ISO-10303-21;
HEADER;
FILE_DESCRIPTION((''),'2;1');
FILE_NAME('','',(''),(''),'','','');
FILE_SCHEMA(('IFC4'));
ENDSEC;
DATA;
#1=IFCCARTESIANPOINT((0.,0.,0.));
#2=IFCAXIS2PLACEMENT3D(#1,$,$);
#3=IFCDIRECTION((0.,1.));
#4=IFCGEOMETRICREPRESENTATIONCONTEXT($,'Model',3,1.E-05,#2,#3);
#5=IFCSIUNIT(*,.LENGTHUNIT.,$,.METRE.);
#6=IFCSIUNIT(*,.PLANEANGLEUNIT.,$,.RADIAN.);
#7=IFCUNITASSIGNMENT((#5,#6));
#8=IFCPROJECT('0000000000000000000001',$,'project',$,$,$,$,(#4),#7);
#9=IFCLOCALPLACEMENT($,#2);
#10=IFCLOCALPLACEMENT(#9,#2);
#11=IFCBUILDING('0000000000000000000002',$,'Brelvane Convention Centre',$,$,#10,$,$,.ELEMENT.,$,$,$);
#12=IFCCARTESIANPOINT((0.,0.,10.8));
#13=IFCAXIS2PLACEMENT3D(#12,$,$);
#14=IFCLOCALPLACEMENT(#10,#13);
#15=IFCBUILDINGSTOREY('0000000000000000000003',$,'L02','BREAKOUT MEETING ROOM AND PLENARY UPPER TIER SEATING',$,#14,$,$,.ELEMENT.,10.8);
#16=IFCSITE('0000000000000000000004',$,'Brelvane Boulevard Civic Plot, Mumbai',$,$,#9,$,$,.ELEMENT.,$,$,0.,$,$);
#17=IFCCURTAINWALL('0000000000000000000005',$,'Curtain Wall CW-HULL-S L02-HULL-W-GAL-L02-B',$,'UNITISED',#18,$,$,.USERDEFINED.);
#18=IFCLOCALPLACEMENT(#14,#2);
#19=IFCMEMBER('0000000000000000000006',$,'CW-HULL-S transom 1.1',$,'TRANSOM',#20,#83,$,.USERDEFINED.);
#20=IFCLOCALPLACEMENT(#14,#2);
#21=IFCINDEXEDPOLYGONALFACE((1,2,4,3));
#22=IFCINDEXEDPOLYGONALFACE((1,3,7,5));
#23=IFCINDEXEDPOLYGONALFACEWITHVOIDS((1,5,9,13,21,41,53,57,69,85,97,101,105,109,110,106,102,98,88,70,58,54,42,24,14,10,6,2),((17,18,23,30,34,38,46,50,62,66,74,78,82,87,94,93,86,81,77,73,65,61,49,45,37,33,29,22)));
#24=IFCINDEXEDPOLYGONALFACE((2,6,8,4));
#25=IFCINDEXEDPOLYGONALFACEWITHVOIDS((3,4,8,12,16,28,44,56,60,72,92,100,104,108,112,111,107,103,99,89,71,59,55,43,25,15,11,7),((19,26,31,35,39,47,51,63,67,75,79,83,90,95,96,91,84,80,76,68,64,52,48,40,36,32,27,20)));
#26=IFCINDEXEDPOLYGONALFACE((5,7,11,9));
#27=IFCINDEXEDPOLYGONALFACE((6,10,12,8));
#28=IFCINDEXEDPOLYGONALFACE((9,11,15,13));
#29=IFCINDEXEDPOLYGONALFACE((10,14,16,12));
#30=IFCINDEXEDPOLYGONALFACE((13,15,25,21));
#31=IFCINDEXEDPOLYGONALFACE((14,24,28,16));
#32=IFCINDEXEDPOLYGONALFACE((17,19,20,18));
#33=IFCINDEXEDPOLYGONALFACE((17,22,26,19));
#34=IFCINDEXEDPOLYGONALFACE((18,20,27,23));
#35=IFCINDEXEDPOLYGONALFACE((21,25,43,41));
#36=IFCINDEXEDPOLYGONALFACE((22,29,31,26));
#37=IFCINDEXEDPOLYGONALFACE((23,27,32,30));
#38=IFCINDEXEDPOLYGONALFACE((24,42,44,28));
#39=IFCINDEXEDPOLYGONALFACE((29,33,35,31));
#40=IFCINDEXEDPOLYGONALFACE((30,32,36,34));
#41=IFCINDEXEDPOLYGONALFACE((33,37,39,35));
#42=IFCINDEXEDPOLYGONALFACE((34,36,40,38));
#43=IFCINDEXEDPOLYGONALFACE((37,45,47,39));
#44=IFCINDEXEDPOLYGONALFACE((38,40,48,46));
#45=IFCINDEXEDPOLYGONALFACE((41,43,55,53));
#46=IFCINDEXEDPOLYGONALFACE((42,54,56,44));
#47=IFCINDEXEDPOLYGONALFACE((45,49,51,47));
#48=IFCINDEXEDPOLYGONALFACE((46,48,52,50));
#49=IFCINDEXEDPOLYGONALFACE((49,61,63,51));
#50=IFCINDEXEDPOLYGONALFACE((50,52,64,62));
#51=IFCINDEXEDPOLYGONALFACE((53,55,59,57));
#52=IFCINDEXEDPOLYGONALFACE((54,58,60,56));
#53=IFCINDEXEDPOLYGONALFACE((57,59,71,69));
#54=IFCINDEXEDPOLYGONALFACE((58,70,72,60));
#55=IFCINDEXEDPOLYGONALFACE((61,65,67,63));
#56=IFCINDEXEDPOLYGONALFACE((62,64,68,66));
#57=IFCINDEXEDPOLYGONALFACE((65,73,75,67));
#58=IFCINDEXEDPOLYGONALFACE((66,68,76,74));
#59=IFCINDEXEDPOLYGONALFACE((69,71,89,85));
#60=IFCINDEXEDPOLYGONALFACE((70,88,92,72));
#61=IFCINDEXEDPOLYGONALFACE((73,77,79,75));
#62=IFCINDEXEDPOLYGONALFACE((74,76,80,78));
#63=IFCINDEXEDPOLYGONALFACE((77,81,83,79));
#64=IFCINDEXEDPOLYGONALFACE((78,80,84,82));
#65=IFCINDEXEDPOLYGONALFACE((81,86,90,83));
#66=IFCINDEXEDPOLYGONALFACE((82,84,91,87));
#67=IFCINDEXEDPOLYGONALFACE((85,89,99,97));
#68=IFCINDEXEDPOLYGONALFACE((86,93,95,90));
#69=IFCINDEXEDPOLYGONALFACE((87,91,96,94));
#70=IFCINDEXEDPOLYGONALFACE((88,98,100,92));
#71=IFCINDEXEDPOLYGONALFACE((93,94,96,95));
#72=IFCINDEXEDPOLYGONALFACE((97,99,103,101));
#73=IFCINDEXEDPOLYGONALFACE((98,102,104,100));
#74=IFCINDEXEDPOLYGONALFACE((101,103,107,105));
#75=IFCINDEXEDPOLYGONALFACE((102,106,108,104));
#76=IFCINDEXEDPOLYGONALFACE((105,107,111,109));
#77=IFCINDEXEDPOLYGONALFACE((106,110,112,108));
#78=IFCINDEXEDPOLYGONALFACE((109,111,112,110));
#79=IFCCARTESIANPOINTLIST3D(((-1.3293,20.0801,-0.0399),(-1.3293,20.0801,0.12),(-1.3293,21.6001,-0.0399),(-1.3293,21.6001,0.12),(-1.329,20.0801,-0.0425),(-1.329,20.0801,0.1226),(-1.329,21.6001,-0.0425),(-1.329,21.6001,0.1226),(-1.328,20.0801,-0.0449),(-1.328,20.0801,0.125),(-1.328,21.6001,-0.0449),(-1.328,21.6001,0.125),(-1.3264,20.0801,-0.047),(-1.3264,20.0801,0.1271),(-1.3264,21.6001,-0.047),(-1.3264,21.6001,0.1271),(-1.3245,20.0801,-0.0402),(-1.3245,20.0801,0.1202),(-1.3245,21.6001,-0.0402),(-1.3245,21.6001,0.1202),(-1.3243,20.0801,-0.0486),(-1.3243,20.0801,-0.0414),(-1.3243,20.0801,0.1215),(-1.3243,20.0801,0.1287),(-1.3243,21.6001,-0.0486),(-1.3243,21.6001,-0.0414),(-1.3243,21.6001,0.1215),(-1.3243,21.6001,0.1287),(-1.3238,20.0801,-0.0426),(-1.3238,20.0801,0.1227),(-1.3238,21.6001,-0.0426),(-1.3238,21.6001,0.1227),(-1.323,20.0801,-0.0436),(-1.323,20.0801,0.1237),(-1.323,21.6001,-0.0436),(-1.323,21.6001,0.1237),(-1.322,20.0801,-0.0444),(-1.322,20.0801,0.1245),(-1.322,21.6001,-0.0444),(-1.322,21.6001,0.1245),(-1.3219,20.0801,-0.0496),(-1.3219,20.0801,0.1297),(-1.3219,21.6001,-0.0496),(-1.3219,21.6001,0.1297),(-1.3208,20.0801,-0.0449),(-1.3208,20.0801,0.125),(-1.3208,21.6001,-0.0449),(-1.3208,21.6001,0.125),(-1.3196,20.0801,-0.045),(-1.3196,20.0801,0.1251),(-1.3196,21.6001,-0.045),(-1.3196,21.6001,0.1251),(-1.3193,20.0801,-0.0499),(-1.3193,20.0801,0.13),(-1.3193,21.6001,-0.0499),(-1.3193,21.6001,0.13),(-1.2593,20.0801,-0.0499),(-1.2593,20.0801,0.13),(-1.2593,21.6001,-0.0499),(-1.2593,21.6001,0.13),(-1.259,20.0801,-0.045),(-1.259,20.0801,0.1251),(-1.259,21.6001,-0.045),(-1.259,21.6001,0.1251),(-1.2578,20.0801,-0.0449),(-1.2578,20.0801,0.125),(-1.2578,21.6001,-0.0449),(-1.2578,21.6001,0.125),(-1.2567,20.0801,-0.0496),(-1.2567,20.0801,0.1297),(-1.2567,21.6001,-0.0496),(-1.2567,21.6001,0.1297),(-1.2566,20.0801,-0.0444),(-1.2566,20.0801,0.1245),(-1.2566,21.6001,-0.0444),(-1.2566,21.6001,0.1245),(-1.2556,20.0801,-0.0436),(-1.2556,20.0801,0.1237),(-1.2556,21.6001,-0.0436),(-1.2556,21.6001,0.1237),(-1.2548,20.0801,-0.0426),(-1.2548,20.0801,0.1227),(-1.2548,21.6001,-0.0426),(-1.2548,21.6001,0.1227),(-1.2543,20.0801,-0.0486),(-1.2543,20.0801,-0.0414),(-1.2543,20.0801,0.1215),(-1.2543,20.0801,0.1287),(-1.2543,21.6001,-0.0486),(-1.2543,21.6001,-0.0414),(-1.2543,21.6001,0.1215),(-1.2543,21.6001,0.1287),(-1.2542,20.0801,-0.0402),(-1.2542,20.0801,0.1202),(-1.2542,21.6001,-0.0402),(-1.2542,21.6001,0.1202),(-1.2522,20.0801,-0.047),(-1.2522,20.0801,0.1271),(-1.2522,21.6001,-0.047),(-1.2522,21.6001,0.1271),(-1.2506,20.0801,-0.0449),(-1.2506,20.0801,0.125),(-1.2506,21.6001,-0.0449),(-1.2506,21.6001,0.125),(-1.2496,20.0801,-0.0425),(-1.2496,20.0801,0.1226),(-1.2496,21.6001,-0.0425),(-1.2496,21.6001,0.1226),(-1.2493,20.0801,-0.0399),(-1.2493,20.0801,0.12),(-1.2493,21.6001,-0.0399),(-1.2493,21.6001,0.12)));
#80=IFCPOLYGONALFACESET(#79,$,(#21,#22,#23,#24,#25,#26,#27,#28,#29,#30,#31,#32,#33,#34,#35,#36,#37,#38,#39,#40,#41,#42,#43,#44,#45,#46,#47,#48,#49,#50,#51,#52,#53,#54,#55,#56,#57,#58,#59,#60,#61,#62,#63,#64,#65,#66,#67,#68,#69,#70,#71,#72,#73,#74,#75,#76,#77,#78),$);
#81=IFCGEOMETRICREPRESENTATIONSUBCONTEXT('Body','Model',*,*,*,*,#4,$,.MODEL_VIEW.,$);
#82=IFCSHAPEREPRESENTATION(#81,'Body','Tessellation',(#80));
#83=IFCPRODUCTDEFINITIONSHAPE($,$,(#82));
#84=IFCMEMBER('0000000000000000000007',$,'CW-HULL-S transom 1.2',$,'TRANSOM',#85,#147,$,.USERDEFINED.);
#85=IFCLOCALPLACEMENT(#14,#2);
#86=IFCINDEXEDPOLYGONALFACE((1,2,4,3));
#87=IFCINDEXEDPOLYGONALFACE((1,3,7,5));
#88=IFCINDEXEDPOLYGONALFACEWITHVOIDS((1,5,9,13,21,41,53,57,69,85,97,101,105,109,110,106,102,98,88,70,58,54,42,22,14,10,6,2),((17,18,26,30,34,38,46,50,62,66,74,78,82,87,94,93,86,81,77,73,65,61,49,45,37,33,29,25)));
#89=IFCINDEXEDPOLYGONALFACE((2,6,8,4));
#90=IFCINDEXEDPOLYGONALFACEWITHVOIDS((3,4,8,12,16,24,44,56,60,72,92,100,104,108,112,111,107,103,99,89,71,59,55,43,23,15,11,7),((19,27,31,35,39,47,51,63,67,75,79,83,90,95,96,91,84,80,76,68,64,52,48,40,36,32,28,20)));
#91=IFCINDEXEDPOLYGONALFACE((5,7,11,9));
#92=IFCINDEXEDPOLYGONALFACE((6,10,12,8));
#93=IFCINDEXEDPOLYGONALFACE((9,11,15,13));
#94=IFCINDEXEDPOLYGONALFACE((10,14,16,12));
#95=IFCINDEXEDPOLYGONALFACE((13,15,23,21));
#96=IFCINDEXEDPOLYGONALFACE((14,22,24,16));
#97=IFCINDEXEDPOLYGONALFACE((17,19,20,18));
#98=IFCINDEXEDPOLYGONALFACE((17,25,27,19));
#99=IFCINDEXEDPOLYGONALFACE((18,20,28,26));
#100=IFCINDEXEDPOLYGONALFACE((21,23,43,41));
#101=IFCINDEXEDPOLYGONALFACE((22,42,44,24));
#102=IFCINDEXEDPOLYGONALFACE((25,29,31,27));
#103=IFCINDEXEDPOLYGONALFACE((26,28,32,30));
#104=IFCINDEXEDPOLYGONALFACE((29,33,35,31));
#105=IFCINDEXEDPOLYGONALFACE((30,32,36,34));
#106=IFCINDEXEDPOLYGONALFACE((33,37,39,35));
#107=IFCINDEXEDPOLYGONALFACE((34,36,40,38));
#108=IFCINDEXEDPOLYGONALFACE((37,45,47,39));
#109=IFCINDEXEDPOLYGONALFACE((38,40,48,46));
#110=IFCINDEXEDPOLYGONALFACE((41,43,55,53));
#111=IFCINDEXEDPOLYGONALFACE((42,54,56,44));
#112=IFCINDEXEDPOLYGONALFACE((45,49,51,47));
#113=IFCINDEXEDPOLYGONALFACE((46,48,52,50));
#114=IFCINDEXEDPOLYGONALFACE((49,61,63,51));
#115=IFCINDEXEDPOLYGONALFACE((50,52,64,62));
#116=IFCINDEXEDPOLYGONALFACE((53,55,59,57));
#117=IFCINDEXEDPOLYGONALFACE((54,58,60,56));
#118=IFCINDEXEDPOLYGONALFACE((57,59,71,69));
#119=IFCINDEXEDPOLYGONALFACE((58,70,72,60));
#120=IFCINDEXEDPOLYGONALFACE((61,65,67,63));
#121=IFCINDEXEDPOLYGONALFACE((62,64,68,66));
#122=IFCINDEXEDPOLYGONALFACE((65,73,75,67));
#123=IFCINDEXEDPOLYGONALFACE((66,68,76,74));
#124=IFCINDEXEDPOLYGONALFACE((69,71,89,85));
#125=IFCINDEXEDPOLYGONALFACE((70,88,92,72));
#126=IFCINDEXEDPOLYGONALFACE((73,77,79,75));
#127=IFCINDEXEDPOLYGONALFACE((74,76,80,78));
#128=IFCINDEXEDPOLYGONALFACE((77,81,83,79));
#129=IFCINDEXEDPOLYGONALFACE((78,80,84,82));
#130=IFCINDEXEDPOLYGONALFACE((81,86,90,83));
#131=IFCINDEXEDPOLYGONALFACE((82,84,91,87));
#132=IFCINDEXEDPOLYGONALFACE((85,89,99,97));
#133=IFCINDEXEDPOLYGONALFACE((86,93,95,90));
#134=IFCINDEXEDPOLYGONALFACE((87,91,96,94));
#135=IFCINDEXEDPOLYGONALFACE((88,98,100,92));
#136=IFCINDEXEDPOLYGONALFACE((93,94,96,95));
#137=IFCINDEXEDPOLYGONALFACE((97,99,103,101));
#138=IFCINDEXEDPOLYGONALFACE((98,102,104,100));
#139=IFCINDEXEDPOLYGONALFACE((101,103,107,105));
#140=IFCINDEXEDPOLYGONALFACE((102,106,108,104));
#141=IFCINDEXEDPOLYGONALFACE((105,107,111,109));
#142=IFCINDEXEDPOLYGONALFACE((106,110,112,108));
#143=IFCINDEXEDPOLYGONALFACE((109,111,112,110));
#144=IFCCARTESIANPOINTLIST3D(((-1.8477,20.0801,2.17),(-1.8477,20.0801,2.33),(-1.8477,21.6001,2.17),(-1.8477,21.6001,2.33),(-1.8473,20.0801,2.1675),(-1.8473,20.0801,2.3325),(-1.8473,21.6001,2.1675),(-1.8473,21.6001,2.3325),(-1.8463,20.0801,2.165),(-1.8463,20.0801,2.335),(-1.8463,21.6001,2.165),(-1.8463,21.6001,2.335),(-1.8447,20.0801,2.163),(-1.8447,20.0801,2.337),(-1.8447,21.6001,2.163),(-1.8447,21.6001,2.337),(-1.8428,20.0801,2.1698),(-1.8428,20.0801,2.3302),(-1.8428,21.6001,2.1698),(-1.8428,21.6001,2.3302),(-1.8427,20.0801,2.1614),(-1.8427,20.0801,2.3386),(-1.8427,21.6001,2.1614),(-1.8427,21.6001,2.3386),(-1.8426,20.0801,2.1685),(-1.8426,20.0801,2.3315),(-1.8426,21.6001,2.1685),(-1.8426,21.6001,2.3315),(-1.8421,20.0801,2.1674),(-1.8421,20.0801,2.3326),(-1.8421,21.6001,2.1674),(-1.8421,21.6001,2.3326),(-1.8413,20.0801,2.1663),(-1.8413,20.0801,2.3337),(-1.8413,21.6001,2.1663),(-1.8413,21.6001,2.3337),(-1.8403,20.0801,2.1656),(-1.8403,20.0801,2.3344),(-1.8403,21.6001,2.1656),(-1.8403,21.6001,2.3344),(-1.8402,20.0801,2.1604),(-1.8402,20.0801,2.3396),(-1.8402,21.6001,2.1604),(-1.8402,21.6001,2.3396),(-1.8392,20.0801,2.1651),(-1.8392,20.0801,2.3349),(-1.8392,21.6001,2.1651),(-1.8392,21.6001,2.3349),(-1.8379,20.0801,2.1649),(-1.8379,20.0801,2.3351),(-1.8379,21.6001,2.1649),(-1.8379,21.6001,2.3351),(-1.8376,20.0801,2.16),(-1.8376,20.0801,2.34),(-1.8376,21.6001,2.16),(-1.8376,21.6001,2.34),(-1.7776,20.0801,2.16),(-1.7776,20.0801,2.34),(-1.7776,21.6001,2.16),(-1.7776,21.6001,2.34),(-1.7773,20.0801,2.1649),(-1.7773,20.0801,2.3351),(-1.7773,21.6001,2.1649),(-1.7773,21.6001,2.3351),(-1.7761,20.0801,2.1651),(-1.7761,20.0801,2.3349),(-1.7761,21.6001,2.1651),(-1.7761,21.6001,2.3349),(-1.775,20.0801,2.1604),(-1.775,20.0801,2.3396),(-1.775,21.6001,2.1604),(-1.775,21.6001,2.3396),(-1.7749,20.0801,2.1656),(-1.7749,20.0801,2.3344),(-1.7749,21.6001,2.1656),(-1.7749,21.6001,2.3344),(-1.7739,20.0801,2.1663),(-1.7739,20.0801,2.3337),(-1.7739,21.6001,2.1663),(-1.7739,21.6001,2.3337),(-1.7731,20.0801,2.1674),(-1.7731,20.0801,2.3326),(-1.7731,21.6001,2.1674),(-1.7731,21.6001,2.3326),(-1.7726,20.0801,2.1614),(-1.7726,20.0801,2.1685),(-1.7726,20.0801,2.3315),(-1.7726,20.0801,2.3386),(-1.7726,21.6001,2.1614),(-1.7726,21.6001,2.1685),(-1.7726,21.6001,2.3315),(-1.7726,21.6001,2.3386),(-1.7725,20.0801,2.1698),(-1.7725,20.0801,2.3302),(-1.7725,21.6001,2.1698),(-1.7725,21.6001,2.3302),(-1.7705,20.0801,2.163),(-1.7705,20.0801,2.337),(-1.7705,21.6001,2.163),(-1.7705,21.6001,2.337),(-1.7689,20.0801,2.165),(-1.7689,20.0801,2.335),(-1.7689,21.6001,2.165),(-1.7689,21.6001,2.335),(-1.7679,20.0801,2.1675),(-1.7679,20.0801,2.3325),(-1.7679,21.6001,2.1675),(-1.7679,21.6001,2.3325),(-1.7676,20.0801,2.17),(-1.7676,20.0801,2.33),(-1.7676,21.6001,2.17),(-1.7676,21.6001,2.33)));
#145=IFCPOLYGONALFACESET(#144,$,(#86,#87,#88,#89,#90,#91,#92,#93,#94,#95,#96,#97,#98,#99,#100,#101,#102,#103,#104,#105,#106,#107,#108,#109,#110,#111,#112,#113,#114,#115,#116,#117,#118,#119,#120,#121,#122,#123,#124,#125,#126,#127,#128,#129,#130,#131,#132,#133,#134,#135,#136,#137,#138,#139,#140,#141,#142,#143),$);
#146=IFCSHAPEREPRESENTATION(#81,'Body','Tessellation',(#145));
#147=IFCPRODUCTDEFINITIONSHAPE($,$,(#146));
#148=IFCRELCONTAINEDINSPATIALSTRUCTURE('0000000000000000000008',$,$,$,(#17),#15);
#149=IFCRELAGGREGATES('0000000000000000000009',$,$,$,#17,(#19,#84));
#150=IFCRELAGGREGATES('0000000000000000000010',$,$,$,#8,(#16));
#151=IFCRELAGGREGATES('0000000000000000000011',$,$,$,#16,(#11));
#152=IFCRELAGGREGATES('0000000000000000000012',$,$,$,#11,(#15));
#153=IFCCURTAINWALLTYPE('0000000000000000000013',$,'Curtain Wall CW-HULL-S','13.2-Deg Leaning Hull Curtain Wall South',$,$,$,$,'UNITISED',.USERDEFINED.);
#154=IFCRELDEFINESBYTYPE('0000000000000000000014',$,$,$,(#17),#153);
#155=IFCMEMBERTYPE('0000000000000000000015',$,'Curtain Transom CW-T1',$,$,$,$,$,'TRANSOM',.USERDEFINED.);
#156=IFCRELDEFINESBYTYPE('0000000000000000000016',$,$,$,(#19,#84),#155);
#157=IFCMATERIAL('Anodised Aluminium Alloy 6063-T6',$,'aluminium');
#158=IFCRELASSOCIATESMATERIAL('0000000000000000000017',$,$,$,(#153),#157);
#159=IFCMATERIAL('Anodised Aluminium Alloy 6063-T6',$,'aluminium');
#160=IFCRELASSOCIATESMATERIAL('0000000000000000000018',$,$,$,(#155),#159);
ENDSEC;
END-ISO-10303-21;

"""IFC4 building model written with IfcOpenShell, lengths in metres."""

from ifc_helpers import new_model, si_unit, direction, frame, origin, origin_2d, place, context, subcontext, project, spatial, hollow_rectangle, extrude, material, material_profile, profile_set, type_object, element, aggregate, save


model = new_model("IFC4")

# Units and contexts
model_context = context("Model", 3, precision=1e-05, world=origin(), true_north=direction((0.0, 1.0)))
body_context = subcontext(model_context, "Body", "Model", "MODEL_VIEW")
ifc_project = project(units=[si_unit("LENGTHUNIT", "METRE"), si_unit("PLANEANGLEUNIT", "RADIAN")], contexts=[model_context])

# Site, building, storey
site_placement = place(None, origin())
site = spatial("IfcSite", under=ifc_project, at=site_placement, Name="Brelvane Boulevard Civic Plot, Mumbai", CompositionType="ELEMENT", RefElevation=0.0)
building_placement = place(site_placement, origin())
building = spatial("IfcBuilding", under=site, at=building_placement, Name="Brelvane Convention Centre", CompositionType="ELEMENT")
storey_placement = place(building_placement, frame((0.0, 0.0, 10.8)))
storey = spatial("IfcBuildingStorey", under=building, at=storey_placement, Name="L02", Description="BREAKOUT MEETING ROOM AND PLENARY UPPER TIER SEATING", CompositionType="ELEMENT", Elevation=10.8)

# Curtain wall, members
ifc_material_1 = material(Name="Anodised Aluminium Alloy 6063-T6", Category="aluminium")
curtain_wall_type = type_object("IfcCurtainWallType", Name="Curtain Wall CW-HULL-S", Description="13.2-Deg Leaning Hull Curtain Wall South", ElementType="UNITISED", PredefinedType="USERDEFINED", material=ifc_material_1)
curtain_wall_placement = place(storey_placement, origin())
curtain_wall = element("IfcCurtainWall", 1, at=curtain_wall_placement, inside=storey, type_object=curtain_wall_type, Name="Curtain Wall CW-HULL-S L02-HULL-W-GAL-L02-B", ObjectType="UNITISED", PredefinedType="USERDEFINED")
ifc_material_2 = material(Name="Anodised Aluminium Alloy 6063-T6", Category="aluminium")
ifc_material_profile = material_profile(ifc_material_2, hollow_rectangle(XDim=0.0801, YDim=0.1799, WallThickness=0.0049, InnerFilletRadius=0.0049, OuterFilletRadius=0.01, at=origin_2d()), Name="ALU-T 180x80x5.0")
ifc_profile_set = profile_set([ifc_material_profile], Name="Anodised Aluminium Alloy 6063-T6")
member_type = type_object("IfcMemberType", Name="Curtain Transom CW-T1", ElementType="TRANSOM", PredefinedType="USERDEFINED", material=ifc_profile_set)
member_1_placement = place(storey_placement, frame((-1.2893, 20.0801, 0.04), z_axis=(0.0, 1.0, 0.0), x_axis=(-1.0, 0.0, 0.0)))
member_1 = element("IfcMember", 2, at=member_1_placement, type_object=member_type, Name="CW-HULL-S transom 1.1", ObjectType="TRANSOM", PredefinedType="USERDEFINED", context=body_context, shape_type="SweptSolid", body=[
    extrude(hollow_rectangle(XDim=0.0801, YDim=0.1799, WallThickness=0.0049, InnerFilletRadius=0.0049, OuterFilletRadius=0.01, at=origin_2d()), origin(), (0.0, 0.0, 1.0), 1.52),
])
member_2_placement = place(storey_placement, frame((-1.8076, 20.0801, 2.25), z_axis=(0.0, 1.0, 0.0), x_axis=(-1.0, 0.0, 0.0)))
member_2 = element("IfcMember", 3, at=member_2_placement, type_object=member_type, Name="CW-HULL-S transom 1.2", ObjectType="TRANSOM", PredefinedType="USERDEFINED", context=body_context, shape_type="SweptSolid", body=[
    extrude(hollow_rectangle(XDim=0.0801, YDim=0.1799, WallThickness=0.0049, InnerFilletRadius=0.0049, OuterFilletRadius=0.01, at=origin_2d()), origin(), (0.0, 0.0, 1.0), 1.52),
])
aggregate(curtain_wall, [member_1, member_2])

save(model, "model.ifc")
